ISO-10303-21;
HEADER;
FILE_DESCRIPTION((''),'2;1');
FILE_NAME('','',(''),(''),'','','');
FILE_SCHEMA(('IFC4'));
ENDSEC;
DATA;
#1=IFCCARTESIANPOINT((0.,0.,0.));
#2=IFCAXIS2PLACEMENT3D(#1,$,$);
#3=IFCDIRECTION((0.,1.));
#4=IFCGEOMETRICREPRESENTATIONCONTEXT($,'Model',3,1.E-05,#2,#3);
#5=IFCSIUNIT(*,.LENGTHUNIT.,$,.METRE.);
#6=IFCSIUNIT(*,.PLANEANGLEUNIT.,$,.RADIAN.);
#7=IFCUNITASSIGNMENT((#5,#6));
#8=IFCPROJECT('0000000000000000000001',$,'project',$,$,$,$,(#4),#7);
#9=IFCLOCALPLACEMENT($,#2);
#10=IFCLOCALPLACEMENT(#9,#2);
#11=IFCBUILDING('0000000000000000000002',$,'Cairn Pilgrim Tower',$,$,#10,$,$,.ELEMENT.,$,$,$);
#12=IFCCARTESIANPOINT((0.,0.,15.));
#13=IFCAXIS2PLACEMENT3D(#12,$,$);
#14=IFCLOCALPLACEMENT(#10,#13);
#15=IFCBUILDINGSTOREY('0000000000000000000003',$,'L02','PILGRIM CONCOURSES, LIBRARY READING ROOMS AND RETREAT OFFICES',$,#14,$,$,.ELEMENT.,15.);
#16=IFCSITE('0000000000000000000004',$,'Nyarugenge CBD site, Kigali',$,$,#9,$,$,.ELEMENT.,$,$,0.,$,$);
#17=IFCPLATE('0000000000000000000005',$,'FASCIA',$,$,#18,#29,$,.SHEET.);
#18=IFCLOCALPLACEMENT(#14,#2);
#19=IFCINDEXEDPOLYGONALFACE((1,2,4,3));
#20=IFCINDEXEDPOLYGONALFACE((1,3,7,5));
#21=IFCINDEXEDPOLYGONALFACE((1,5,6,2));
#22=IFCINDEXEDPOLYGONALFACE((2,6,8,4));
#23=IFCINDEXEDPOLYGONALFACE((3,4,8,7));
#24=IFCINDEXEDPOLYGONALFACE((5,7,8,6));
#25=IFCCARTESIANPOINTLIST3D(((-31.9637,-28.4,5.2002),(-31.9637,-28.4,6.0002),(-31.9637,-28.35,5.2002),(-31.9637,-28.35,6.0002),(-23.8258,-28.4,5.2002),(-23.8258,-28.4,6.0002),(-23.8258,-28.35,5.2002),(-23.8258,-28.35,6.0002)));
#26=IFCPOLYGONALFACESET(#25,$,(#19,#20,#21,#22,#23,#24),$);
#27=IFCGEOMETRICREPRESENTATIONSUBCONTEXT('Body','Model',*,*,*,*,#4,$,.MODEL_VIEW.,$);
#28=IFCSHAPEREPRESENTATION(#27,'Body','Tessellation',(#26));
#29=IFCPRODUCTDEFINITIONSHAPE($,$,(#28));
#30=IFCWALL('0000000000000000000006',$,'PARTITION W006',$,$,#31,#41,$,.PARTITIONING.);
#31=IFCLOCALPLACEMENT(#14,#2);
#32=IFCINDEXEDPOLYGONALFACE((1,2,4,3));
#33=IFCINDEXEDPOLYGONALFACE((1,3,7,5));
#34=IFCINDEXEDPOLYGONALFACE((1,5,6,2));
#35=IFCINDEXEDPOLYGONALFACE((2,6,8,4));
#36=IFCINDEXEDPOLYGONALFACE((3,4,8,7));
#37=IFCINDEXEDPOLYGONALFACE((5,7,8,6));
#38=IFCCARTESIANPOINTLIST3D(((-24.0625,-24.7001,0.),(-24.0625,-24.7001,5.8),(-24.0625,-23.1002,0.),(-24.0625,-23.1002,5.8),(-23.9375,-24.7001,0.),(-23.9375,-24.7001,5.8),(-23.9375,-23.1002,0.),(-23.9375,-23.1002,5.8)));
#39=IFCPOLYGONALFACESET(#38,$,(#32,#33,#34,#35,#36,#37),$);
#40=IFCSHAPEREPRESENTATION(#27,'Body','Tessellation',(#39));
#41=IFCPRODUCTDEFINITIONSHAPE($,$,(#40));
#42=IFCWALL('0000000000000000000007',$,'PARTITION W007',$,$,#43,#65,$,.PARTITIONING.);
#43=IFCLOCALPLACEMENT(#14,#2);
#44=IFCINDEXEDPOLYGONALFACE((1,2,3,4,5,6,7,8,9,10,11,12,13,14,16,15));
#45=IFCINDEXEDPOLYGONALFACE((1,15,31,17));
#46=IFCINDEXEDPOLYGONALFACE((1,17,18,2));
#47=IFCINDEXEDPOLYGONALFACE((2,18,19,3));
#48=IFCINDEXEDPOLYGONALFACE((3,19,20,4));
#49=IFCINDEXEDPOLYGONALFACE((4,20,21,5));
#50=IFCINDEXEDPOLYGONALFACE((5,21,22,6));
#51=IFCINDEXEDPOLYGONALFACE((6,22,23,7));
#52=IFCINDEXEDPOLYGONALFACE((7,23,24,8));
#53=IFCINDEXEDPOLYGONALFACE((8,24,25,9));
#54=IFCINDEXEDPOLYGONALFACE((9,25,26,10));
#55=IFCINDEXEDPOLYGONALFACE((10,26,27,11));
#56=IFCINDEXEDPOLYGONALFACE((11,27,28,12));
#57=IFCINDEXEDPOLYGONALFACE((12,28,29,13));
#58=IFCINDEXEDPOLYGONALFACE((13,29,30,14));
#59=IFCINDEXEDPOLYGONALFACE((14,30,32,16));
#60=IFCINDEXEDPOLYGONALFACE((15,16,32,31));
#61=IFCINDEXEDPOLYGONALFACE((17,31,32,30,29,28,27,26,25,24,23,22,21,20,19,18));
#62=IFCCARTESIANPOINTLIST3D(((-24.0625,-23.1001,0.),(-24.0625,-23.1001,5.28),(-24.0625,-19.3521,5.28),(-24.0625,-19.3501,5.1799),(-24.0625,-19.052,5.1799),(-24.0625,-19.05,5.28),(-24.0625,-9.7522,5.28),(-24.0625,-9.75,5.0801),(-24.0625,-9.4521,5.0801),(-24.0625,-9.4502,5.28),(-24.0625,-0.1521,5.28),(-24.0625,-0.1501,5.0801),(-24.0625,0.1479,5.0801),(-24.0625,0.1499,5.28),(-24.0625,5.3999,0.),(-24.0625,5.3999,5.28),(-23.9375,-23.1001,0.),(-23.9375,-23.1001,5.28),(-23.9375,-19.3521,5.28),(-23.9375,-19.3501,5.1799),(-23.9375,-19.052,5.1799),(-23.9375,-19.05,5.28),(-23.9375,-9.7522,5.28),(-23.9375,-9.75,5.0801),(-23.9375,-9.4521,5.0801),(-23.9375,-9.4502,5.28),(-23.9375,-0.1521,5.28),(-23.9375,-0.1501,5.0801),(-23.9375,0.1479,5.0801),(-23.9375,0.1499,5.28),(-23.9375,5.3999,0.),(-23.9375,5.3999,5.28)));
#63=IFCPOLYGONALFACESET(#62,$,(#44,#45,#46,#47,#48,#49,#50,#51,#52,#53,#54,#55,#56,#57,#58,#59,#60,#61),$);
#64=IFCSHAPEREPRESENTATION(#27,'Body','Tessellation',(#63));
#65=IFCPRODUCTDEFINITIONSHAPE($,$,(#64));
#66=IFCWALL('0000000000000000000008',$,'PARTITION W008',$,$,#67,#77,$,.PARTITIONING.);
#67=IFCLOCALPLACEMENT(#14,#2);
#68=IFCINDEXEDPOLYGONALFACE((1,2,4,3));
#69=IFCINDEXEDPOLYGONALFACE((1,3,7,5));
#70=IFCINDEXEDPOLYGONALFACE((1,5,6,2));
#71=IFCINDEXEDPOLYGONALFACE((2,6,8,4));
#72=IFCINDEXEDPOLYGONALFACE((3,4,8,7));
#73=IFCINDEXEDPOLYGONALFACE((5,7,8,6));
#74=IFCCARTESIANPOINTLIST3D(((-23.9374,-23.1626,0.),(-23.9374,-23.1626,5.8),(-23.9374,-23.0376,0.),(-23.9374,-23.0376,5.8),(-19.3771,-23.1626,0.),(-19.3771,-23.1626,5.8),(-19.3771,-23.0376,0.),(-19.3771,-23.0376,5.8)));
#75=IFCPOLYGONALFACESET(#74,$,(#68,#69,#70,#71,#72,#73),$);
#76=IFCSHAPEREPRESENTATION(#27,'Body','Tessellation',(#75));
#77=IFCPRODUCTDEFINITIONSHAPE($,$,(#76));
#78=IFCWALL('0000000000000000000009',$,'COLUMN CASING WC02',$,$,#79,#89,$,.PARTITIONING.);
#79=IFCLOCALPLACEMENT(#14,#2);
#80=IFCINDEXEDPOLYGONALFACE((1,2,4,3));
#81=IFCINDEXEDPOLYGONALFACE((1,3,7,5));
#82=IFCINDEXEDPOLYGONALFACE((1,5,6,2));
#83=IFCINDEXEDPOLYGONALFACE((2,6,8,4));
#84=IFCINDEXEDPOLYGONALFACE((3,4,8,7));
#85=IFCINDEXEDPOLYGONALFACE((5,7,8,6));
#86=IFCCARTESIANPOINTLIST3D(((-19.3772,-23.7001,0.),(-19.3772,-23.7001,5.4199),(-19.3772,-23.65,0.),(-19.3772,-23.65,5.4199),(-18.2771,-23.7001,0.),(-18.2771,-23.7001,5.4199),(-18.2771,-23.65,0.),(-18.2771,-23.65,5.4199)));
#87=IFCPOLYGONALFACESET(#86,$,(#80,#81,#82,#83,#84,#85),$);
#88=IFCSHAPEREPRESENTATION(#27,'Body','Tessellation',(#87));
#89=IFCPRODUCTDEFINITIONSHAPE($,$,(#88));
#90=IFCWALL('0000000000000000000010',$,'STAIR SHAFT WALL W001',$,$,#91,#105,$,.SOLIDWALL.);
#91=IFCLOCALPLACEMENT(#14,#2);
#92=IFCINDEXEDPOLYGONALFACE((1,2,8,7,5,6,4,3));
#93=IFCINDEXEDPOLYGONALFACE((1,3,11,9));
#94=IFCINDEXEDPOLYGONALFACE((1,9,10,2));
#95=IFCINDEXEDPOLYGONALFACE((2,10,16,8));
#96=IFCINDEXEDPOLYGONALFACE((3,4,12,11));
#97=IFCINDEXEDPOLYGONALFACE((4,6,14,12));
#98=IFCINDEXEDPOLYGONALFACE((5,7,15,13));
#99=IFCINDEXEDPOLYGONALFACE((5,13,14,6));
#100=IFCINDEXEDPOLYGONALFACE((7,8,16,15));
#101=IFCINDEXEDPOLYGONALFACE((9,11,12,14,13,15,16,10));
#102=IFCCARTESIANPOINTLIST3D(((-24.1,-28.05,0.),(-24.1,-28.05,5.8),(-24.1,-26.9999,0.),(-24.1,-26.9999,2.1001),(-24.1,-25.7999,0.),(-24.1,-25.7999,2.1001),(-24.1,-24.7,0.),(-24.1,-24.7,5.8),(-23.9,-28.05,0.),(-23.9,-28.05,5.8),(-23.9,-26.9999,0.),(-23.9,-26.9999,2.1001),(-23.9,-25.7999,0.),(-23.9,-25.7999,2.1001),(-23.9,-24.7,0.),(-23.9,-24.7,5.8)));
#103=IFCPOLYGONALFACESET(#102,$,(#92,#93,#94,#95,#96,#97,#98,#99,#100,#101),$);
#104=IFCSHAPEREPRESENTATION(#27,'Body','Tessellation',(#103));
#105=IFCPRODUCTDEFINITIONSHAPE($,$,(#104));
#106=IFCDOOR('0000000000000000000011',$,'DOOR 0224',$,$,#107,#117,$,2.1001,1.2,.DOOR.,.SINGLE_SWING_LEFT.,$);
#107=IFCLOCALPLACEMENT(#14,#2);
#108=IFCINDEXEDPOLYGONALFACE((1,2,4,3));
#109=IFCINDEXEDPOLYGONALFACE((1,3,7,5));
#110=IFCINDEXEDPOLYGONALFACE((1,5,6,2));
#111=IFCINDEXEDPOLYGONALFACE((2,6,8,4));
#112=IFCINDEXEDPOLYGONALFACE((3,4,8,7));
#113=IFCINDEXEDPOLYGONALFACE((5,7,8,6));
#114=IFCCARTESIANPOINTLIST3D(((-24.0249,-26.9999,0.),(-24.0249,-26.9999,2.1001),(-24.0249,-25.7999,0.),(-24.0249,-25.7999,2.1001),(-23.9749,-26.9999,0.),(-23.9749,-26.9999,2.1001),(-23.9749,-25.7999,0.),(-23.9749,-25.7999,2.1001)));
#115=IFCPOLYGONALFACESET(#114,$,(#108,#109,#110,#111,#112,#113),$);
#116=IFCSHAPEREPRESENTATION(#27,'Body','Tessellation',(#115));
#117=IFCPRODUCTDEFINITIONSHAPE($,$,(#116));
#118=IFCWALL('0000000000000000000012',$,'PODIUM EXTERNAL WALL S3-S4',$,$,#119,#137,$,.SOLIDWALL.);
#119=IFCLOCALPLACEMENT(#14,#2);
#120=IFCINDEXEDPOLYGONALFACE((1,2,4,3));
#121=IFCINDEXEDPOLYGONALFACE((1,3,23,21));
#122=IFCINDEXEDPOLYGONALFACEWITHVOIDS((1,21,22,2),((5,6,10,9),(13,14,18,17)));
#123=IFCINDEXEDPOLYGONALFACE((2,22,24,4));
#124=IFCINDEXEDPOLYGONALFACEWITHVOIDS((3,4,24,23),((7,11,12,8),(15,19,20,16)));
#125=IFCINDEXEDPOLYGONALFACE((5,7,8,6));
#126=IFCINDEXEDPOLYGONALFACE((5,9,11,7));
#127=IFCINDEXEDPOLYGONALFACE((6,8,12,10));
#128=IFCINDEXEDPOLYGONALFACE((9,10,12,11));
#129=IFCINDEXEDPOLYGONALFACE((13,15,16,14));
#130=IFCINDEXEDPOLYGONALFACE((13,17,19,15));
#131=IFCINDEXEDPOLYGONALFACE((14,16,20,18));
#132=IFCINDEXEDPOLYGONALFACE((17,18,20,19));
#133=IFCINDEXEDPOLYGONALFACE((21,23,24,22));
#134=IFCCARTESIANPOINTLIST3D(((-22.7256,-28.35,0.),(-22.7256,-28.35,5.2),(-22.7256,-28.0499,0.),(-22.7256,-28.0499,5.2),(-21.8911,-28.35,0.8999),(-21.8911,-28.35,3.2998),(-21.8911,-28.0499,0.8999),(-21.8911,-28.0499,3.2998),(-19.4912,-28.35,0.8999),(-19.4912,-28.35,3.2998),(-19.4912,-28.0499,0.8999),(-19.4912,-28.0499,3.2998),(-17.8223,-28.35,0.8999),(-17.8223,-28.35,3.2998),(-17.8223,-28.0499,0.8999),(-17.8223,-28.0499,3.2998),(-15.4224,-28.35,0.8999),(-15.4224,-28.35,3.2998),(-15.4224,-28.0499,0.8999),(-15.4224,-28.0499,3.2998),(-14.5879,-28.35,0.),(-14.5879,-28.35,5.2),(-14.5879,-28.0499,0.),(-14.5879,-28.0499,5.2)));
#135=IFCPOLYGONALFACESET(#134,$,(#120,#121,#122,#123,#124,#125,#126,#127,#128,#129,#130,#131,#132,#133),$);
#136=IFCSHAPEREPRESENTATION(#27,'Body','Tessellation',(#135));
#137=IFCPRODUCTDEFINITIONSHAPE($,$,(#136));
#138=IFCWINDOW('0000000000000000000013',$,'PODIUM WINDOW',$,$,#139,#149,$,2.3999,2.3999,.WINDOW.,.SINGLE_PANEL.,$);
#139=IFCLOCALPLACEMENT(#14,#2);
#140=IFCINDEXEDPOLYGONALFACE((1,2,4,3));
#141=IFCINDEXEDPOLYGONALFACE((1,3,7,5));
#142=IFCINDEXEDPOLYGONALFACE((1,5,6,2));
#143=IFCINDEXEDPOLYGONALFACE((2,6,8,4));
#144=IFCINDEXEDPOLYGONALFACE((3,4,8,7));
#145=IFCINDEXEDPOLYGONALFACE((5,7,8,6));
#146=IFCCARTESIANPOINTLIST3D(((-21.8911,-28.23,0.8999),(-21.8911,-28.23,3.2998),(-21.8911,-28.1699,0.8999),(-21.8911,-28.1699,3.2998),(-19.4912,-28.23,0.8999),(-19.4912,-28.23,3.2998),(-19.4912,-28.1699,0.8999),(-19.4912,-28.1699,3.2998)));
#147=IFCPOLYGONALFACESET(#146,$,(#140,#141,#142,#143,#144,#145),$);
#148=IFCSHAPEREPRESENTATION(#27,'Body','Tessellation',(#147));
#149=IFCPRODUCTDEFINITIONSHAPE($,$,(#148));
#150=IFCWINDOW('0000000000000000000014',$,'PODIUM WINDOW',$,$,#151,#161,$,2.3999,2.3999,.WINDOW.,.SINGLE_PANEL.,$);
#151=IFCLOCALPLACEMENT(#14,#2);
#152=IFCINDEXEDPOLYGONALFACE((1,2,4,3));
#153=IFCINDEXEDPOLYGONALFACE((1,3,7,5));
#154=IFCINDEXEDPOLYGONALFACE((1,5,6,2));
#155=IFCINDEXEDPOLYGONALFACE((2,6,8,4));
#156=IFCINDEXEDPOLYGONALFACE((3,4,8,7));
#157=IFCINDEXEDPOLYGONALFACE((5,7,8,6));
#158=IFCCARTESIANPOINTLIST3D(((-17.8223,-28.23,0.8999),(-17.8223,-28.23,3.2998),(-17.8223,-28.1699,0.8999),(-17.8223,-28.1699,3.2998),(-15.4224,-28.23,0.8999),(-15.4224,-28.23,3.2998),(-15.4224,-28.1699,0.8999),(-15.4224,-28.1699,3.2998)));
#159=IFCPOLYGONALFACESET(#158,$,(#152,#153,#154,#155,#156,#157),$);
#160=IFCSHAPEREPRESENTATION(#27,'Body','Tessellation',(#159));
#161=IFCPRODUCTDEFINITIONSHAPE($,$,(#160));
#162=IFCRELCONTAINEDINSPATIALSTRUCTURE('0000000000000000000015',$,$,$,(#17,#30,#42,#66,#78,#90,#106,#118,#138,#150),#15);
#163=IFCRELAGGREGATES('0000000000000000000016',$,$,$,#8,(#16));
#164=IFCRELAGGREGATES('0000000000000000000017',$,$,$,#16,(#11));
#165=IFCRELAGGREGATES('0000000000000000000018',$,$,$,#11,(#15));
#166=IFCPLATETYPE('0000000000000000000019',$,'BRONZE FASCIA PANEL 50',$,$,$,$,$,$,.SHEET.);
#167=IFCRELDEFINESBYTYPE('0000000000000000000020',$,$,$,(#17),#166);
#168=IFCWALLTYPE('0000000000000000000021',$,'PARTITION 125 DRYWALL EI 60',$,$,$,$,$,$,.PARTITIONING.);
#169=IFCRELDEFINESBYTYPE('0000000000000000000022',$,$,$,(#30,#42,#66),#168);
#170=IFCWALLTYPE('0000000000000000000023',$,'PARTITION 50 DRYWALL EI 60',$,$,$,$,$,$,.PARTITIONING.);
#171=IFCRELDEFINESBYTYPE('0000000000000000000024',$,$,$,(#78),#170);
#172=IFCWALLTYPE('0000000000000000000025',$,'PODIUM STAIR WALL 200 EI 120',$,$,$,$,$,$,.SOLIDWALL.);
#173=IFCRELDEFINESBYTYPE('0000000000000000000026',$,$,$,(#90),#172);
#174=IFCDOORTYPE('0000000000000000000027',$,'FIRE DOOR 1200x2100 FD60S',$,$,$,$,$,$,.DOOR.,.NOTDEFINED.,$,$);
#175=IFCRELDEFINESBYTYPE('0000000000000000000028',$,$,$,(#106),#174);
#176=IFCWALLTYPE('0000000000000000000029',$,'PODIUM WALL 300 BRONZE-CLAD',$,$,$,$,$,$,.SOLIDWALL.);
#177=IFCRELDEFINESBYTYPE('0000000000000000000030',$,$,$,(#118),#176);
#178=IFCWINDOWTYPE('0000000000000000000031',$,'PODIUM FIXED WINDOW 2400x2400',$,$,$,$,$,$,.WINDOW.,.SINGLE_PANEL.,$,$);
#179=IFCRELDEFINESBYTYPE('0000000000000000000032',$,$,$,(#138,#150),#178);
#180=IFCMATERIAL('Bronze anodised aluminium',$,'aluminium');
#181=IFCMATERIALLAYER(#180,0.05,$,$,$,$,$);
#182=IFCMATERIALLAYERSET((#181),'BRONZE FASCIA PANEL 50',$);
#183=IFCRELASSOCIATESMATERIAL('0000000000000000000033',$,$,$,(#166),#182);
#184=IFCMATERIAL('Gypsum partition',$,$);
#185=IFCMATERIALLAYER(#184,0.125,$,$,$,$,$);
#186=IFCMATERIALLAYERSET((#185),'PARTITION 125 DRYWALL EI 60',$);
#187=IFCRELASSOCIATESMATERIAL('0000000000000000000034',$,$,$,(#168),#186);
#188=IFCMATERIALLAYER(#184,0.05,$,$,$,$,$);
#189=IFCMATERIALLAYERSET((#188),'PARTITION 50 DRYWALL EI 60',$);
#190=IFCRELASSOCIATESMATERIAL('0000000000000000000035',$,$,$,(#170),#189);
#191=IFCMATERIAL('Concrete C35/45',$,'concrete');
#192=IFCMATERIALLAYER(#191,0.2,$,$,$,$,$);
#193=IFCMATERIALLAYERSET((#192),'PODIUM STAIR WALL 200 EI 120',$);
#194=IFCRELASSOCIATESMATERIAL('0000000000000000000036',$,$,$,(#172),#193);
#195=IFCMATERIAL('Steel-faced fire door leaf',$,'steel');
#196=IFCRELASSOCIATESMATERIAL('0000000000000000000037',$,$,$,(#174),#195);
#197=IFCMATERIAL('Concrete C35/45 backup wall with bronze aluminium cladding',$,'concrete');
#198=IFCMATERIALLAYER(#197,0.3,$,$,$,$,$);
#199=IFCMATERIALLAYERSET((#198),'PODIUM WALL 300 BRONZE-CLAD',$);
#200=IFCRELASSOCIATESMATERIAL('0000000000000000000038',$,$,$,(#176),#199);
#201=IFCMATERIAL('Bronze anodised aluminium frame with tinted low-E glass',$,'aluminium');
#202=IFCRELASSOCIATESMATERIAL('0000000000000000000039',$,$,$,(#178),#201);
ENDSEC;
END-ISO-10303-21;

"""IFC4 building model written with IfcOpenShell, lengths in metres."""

from ifc_helpers import new_model, si_unit, direction, frame, frame_2d, origin, origin_2d, place, context, subcontext, project, spatial, polyline, rectangle, outline, extrude, material, layer, layer_set, type_object, element, fill, save


model = new_model("IFC4")

# Units and contexts
model_context = context("Model", 3, precision=1e-05, world=origin(), true_north=direction((0.0, 1.0)))
body_context = subcontext(model_context, "Body", "Model", "MODEL_VIEW")
ifc_project = project(units=[si_unit("LENGTHUNIT", "METRE"), si_unit("PLANEANGLEUNIT", "RADIAN")], contexts=[model_context])

# Site, building, storey
site_placement = place(None, origin())
site = spatial("IfcSite", under=ifc_project, at=site_placement, Name="Nyarugenge CBD site, Kigali", CompositionType="ELEMENT", RefElevation=0.0)
building_placement = place(site_placement, origin())
building = spatial("IfcBuilding", under=site, at=building_placement, Name="Cairn Pilgrim Tower", CompositionType="ELEMENT")
storey_placement = place(building_placement, frame((0.0, 0.0, 15.0)))
storey = spatial("IfcBuildingStorey", under=building, at=storey_placement, Name="L02", Description="PILGRIM CONCOURSES, LIBRARY READING ROOMS AND RETREAT OFFICES", CompositionType="ELEMENT", Elevation=15.0)

# Plate
ifc_material_1 = material(Name="Bronze anodised aluminium", Category="aluminium")
ifc_layer_1 = layer(ifc_material_1, 0.05)
ifc_layer_set_1 = layer_set([ifc_layer_1], Name="BRONZE FASCIA PANEL 50")
plate_type = type_object("IfcPlateType", Name="BRONZE FASCIA PANEL 50", PredefinedType="SHEET", material=ifc_layer_set_1)
plate_placement = place(storey_placement, frame((-27.8948, -28.375, 5.2002), z_axis=(0.0, 0.0, 1.0), x_axis=(1.0, 0.0, 0.0)))
element("IfcPlate", 1, at=plate_placement, inside=storey, type_object=plate_type, Name="FASCIA", PredefinedType="SHEET", context=body_context, shape_type="SweptSolid", body=[
    extrude(rectangle(XDim=8.1379, YDim=0.05, at=origin_2d()), origin(), (0.0, 0.0, 1.0), 0.8),
])

# Walls
ifc_material_2 = material(Name="Gypsum partition")
ifc_layer_2 = layer(ifc_material_2, 0.125)
ifc_layer_set_2 = layer_set([ifc_layer_2], Name="PARTITION 125 DRYWALL EI 60")
wall_type_1 = type_object("IfcWallType", Name="PARTITION 125 DRYWALL EI 60", PredefinedType="PARTITIONING", material=ifc_layer_set_2)
wall_1_placement = place(storey_placement, frame((-24.0, -24.7, 0.0), z_axis=(0.0, 0.0, 1.0), x_axis=(0.0, 1.0, 0.0)))
element("IfcWall", 2, at=wall_1_placement, inside=storey, type_object=wall_type_1, Name="PARTITION W006", PredefinedType="PARTITIONING", context=body_context, shape_type="SweptSolid", body=[
    extrude(rectangle(XDim=1.5999, YDim=0.125, at=frame_2d((0.7998, 0.0))), origin(), (0.0, 0.0, 1.0), 5.8),
])
wall_2_placement = place(storey_placement, frame((-24.0, -23.1001, 0.0), z_axis=(0.0, 0.0, 1.0), x_axis=(0.0, 1.0, 0.0)))
element("IfcWall", 3, at=wall_2_placement, inside=storey, type_object=wall_type_1, Name="PARTITION W007", PredefinedType="PARTITIONING", context=body_context, shape_type="SweptSolid", body=[
    extrude(outline(polyline([(0.0, 0.0), (28.5, 0.0), (28.5, 5.28), (23.25, 5.28), (23.248, 5.0801), (22.95, 5.0801), (22.948, 5.28), (13.6499, 5.28), (13.6479, 5.0801), (13.3501, 5.0801), (13.3479, 5.28), (4.05, 5.28), (4.0481, 5.1799), (3.75, 5.1799), (3.748, 5.28), (0.0, 5.28), (0.0, 0.0)])), frame((0.0, 0.0625, 0.0), z_axis=(0.0, -1.0, 0.0), x_axis=(1.0, 0.0, 0.0)), (0.0, 0.0, 1.0), 0.125),
])
wall_3_placement = place(storey_placement, frame((-23.9375, -23.1001, 0.0), z_axis=(0.0, 0.0, 1.0), x_axis=(1.0, 0.0, 0.0)))
element("IfcWall", 4, at=wall_3_placement, inside=storey, type_object=wall_type_1, Name="PARTITION W008", PredefinedType="PARTITIONING", context=body_context, shape_type="SweptSolid", body=[
    extrude(rectangle(XDim=4.5603, YDim=0.125, at=frame_2d((2.2803, 0.0))), origin(), (0.0, 0.0, 1.0), 5.8),
])
ifc_layer_3 = layer(ifc_material_2, 0.05)
ifc_layer_set_3 = layer_set([ifc_layer_3], Name="PARTITION 50 DRYWALL EI 60")
wall_type_2 = type_object("IfcWallType", Name="PARTITION 50 DRYWALL EI 60", PredefinedType="PARTITIONING", material=ifc_layer_set_3)
wall_4_placement = place(storey_placement, frame((-19.3772, -23.675, 0.0), z_axis=(0.0, 0.0, 1.0), x_axis=(1.0, 0.0, 0.0)))
element("IfcWall", 5, at=wall_4_placement, inside=storey, type_object=wall_type_2, Name="COLUMN CASING WC02", PredefinedType="PARTITIONING", context=body_context, shape_type="SweptSolid", body=[
    extrude(rectangle(XDim=1.1001, YDim=0.05, at=frame_2d((0.55, 0.0))), origin(), (0.0, 0.0, 1.0), 5.4199),
])

# Wall, opening, door
ifc_material_3 = material(Name="Concrete C35/45", Category="concrete")
ifc_layer_4 = layer(ifc_material_3, 0.2)
ifc_layer_set_4 = layer_set([ifc_layer_4], Name="PODIUM STAIR WALL 200 EI 120")
wall_type_3 = type_object("IfcWallType", Name="PODIUM STAIR WALL 200 EI 120", PredefinedType="SOLIDWALL", material=ifc_layer_set_4)
wall_5_placement = place(storey_placement, frame((-24.0, -28.05, 0.0), z_axis=(0.0, 0.0, 1.0), x_axis=(0.0, 1.0, 0.0)))
wall_5 = element("IfcWall", 6, at=wall_5_placement, inside=storey, type_object=wall_type_3, Name="STAIR SHAFT WALL W001", PredefinedType="SOLIDWALL", context=body_context, shape_type="SweptSolid", body=[
    extrude(rectangle(XDim=3.3501, YDim=0.2, at=frame_2d((1.675, 0.0))), origin(), (0.0, 0.0, 1.0), 5.8),
])
opening_1_placement = place(wall_5_placement, frame((1.05, 0.0, 0.0)))
opening_1 = element("IfcOpeningElement", 7, at=opening_1_placement, cuts=wall_5, PredefinedType="OPENING", context=body_context, shape_type="SweptSolid", body=[
    extrude(rectangle(XDim=1.2, YDim=2.1001, at=frame_2d((0.6001, 1.05))), frame((0.0, 0.1099, 0.0), z_axis=(0.0, -1.0, 0.0), x_axis=(1.0, 0.0, 0.0)), (0.0, 0.0, 1.0), 0.22),
])
ifc_material_4 = material(Name="Steel-faced fire door leaf", Category="steel")
door_type = type_object("IfcDoorType", Name="FIRE DOOR 1200x2100 FD60S", OperationType="NOTDEFINED", PredefinedType="DOOR", material=ifc_material_4)
door_placement = place(opening_1_placement, origin())
door = element("IfcDoor", 8, at=door_placement, inside=storey, type_object=door_type, Name="DOOR 0224", OperationType="SINGLE_SWING_LEFT", OverallHeight=2.1001, OverallWidth=1.2, PredefinedType="DOOR", context=body_context, shape_type="SweptSolid", body=[
    extrude(rectangle(XDim=1.2, YDim=2.1001, at=frame_2d((0.6001, 1.05))), frame((0.0, 0.0249, 0.0), z_axis=(0.0, -1.0, 0.0), x_axis=(1.0, 0.0, 0.0)), (0.0, 0.0, 1.0), 0.05),
])
fill(opening_1, door)

# Wall, openings, windows
ifc_material_5 = material(Name="Concrete C35/45 backup wall with bronze aluminium cladding", Category="concrete")
ifc_layer_5 = layer(ifc_material_5, 0.3)
ifc_layer_set_5 = layer_set([ifc_layer_5], Name="PODIUM WALL 300 BRONZE-CLAD")
wall_type_4 = type_object("IfcWallType", Name="PODIUM WALL 300 BRONZE-CLAD", PredefinedType="SOLIDWALL", material=ifc_layer_set_5)
wall_6_placement = place(storey_placement, frame((-22.7256, -28.2, 0.0), z_axis=(0.0, 0.0, 1.0), x_axis=(1.0, 0.0, 0.0)))
wall_6 = element("IfcWall", 9, at=wall_6_placement, inside=storey, type_object=wall_type_4, Name="PODIUM EXTERNAL WALL S3-S4", PredefinedType="SOLIDWALL", context=body_context, shape_type="SweptSolid", body=[
    extrude(rectangle(XDim=8.1377, YDim=0.3, at=frame_2d((4.0688, 0.0))), origin(), (0.0, 0.0, 1.0), 5.2),
])
opening_2_placement = place(wall_6_placement, frame((0.8345, 0.0, 0.8999)))
opening_2 = element("IfcOpeningElement", 10, at=opening_2_placement, cuts=wall_6, PredefinedType="OPENING", context=body_context, shape_type="SweptSolid", body=[
    extrude(rectangle(XDim=2.3999, YDim=2.3999, at=frame_2d((1.2, 1.2))), frame((0.0, 0.1602, 0.0), z_axis=(0.0, -1.0, 0.0), x_axis=(1.0, 0.0, 0.0)), (0.0, 0.0, 1.0), 0.3201),
])
opening_3_placement = place(wall_6_placement, frame((4.9033, 0.0, 0.8999)))
opening_3 = element("IfcOpeningElement", 11, at=opening_3_placement, cuts=wall_6, PredefinedType="OPENING", context=body_context, shape_type="SweptSolid", body=[
    extrude(rectangle(XDim=2.3999, YDim=2.3999, at=frame_2d((1.2, 1.2))), frame((0.0, 0.1602, 0.0), z_axis=(0.0, -1.0, 0.0), x_axis=(1.0, 0.0, 0.0)), (0.0, 0.0, 1.0), 0.3201),
])
ifc_material_6 = material(Name="Bronze anodised aluminium frame with tinted low-E glass", Category="aluminium")
window_type = type_object("IfcWindowType", Name="PODIUM FIXED WINDOW 2400x2400", PartitioningType="SINGLE_PANEL", PredefinedType="WINDOW", material=ifc_material_6)
window_1_placement = place(opening_2_placement, origin())
window_1 = element("IfcWindow", 12, at=window_1_placement, inside=storey, type_object=window_type, Name="PODIUM WINDOW", OverallHeight=2.3999, OverallWidth=2.3999, PartitioningType="SINGLE_PANEL", PredefinedType="WINDOW", context=body_context, shape_type="SweptSolid", body=[
    extrude(rectangle(XDim=2.3999, YDim=2.3999, at=frame_2d((1.2, 1.2))), frame((0.0, 0.03, 0.0), z_axis=(0.0, -1.0, 0.0), x_axis=(1.0, 0.0, 0.0)), (0.0, 0.0, 1.0), 0.0601),
])
fill(opening_2, window_1)
window_2_placement = place(opening_3_placement, origin())
window_2 = element("IfcWindow", 13, at=window_2_placement, inside=storey, type_object=window_type, Name="PODIUM WINDOW", OverallHeight=2.3999, OverallWidth=2.3999, PartitioningType="SINGLE_PANEL", PredefinedType="WINDOW", context=body_context, shape_type="SweptSolid", body=[
    extrude(rectangle(XDim=2.3999, YDim=2.3999, at=frame_2d((1.2, 1.2))), frame((0.0, 0.03, 0.0), z_axis=(0.0, -1.0, 0.0), x_axis=(1.0, 0.0, 0.0)), (0.0, 0.0, 1.0), 0.0601),
])
fill(opening_3, window_2)

save(model, "model.ifc")
